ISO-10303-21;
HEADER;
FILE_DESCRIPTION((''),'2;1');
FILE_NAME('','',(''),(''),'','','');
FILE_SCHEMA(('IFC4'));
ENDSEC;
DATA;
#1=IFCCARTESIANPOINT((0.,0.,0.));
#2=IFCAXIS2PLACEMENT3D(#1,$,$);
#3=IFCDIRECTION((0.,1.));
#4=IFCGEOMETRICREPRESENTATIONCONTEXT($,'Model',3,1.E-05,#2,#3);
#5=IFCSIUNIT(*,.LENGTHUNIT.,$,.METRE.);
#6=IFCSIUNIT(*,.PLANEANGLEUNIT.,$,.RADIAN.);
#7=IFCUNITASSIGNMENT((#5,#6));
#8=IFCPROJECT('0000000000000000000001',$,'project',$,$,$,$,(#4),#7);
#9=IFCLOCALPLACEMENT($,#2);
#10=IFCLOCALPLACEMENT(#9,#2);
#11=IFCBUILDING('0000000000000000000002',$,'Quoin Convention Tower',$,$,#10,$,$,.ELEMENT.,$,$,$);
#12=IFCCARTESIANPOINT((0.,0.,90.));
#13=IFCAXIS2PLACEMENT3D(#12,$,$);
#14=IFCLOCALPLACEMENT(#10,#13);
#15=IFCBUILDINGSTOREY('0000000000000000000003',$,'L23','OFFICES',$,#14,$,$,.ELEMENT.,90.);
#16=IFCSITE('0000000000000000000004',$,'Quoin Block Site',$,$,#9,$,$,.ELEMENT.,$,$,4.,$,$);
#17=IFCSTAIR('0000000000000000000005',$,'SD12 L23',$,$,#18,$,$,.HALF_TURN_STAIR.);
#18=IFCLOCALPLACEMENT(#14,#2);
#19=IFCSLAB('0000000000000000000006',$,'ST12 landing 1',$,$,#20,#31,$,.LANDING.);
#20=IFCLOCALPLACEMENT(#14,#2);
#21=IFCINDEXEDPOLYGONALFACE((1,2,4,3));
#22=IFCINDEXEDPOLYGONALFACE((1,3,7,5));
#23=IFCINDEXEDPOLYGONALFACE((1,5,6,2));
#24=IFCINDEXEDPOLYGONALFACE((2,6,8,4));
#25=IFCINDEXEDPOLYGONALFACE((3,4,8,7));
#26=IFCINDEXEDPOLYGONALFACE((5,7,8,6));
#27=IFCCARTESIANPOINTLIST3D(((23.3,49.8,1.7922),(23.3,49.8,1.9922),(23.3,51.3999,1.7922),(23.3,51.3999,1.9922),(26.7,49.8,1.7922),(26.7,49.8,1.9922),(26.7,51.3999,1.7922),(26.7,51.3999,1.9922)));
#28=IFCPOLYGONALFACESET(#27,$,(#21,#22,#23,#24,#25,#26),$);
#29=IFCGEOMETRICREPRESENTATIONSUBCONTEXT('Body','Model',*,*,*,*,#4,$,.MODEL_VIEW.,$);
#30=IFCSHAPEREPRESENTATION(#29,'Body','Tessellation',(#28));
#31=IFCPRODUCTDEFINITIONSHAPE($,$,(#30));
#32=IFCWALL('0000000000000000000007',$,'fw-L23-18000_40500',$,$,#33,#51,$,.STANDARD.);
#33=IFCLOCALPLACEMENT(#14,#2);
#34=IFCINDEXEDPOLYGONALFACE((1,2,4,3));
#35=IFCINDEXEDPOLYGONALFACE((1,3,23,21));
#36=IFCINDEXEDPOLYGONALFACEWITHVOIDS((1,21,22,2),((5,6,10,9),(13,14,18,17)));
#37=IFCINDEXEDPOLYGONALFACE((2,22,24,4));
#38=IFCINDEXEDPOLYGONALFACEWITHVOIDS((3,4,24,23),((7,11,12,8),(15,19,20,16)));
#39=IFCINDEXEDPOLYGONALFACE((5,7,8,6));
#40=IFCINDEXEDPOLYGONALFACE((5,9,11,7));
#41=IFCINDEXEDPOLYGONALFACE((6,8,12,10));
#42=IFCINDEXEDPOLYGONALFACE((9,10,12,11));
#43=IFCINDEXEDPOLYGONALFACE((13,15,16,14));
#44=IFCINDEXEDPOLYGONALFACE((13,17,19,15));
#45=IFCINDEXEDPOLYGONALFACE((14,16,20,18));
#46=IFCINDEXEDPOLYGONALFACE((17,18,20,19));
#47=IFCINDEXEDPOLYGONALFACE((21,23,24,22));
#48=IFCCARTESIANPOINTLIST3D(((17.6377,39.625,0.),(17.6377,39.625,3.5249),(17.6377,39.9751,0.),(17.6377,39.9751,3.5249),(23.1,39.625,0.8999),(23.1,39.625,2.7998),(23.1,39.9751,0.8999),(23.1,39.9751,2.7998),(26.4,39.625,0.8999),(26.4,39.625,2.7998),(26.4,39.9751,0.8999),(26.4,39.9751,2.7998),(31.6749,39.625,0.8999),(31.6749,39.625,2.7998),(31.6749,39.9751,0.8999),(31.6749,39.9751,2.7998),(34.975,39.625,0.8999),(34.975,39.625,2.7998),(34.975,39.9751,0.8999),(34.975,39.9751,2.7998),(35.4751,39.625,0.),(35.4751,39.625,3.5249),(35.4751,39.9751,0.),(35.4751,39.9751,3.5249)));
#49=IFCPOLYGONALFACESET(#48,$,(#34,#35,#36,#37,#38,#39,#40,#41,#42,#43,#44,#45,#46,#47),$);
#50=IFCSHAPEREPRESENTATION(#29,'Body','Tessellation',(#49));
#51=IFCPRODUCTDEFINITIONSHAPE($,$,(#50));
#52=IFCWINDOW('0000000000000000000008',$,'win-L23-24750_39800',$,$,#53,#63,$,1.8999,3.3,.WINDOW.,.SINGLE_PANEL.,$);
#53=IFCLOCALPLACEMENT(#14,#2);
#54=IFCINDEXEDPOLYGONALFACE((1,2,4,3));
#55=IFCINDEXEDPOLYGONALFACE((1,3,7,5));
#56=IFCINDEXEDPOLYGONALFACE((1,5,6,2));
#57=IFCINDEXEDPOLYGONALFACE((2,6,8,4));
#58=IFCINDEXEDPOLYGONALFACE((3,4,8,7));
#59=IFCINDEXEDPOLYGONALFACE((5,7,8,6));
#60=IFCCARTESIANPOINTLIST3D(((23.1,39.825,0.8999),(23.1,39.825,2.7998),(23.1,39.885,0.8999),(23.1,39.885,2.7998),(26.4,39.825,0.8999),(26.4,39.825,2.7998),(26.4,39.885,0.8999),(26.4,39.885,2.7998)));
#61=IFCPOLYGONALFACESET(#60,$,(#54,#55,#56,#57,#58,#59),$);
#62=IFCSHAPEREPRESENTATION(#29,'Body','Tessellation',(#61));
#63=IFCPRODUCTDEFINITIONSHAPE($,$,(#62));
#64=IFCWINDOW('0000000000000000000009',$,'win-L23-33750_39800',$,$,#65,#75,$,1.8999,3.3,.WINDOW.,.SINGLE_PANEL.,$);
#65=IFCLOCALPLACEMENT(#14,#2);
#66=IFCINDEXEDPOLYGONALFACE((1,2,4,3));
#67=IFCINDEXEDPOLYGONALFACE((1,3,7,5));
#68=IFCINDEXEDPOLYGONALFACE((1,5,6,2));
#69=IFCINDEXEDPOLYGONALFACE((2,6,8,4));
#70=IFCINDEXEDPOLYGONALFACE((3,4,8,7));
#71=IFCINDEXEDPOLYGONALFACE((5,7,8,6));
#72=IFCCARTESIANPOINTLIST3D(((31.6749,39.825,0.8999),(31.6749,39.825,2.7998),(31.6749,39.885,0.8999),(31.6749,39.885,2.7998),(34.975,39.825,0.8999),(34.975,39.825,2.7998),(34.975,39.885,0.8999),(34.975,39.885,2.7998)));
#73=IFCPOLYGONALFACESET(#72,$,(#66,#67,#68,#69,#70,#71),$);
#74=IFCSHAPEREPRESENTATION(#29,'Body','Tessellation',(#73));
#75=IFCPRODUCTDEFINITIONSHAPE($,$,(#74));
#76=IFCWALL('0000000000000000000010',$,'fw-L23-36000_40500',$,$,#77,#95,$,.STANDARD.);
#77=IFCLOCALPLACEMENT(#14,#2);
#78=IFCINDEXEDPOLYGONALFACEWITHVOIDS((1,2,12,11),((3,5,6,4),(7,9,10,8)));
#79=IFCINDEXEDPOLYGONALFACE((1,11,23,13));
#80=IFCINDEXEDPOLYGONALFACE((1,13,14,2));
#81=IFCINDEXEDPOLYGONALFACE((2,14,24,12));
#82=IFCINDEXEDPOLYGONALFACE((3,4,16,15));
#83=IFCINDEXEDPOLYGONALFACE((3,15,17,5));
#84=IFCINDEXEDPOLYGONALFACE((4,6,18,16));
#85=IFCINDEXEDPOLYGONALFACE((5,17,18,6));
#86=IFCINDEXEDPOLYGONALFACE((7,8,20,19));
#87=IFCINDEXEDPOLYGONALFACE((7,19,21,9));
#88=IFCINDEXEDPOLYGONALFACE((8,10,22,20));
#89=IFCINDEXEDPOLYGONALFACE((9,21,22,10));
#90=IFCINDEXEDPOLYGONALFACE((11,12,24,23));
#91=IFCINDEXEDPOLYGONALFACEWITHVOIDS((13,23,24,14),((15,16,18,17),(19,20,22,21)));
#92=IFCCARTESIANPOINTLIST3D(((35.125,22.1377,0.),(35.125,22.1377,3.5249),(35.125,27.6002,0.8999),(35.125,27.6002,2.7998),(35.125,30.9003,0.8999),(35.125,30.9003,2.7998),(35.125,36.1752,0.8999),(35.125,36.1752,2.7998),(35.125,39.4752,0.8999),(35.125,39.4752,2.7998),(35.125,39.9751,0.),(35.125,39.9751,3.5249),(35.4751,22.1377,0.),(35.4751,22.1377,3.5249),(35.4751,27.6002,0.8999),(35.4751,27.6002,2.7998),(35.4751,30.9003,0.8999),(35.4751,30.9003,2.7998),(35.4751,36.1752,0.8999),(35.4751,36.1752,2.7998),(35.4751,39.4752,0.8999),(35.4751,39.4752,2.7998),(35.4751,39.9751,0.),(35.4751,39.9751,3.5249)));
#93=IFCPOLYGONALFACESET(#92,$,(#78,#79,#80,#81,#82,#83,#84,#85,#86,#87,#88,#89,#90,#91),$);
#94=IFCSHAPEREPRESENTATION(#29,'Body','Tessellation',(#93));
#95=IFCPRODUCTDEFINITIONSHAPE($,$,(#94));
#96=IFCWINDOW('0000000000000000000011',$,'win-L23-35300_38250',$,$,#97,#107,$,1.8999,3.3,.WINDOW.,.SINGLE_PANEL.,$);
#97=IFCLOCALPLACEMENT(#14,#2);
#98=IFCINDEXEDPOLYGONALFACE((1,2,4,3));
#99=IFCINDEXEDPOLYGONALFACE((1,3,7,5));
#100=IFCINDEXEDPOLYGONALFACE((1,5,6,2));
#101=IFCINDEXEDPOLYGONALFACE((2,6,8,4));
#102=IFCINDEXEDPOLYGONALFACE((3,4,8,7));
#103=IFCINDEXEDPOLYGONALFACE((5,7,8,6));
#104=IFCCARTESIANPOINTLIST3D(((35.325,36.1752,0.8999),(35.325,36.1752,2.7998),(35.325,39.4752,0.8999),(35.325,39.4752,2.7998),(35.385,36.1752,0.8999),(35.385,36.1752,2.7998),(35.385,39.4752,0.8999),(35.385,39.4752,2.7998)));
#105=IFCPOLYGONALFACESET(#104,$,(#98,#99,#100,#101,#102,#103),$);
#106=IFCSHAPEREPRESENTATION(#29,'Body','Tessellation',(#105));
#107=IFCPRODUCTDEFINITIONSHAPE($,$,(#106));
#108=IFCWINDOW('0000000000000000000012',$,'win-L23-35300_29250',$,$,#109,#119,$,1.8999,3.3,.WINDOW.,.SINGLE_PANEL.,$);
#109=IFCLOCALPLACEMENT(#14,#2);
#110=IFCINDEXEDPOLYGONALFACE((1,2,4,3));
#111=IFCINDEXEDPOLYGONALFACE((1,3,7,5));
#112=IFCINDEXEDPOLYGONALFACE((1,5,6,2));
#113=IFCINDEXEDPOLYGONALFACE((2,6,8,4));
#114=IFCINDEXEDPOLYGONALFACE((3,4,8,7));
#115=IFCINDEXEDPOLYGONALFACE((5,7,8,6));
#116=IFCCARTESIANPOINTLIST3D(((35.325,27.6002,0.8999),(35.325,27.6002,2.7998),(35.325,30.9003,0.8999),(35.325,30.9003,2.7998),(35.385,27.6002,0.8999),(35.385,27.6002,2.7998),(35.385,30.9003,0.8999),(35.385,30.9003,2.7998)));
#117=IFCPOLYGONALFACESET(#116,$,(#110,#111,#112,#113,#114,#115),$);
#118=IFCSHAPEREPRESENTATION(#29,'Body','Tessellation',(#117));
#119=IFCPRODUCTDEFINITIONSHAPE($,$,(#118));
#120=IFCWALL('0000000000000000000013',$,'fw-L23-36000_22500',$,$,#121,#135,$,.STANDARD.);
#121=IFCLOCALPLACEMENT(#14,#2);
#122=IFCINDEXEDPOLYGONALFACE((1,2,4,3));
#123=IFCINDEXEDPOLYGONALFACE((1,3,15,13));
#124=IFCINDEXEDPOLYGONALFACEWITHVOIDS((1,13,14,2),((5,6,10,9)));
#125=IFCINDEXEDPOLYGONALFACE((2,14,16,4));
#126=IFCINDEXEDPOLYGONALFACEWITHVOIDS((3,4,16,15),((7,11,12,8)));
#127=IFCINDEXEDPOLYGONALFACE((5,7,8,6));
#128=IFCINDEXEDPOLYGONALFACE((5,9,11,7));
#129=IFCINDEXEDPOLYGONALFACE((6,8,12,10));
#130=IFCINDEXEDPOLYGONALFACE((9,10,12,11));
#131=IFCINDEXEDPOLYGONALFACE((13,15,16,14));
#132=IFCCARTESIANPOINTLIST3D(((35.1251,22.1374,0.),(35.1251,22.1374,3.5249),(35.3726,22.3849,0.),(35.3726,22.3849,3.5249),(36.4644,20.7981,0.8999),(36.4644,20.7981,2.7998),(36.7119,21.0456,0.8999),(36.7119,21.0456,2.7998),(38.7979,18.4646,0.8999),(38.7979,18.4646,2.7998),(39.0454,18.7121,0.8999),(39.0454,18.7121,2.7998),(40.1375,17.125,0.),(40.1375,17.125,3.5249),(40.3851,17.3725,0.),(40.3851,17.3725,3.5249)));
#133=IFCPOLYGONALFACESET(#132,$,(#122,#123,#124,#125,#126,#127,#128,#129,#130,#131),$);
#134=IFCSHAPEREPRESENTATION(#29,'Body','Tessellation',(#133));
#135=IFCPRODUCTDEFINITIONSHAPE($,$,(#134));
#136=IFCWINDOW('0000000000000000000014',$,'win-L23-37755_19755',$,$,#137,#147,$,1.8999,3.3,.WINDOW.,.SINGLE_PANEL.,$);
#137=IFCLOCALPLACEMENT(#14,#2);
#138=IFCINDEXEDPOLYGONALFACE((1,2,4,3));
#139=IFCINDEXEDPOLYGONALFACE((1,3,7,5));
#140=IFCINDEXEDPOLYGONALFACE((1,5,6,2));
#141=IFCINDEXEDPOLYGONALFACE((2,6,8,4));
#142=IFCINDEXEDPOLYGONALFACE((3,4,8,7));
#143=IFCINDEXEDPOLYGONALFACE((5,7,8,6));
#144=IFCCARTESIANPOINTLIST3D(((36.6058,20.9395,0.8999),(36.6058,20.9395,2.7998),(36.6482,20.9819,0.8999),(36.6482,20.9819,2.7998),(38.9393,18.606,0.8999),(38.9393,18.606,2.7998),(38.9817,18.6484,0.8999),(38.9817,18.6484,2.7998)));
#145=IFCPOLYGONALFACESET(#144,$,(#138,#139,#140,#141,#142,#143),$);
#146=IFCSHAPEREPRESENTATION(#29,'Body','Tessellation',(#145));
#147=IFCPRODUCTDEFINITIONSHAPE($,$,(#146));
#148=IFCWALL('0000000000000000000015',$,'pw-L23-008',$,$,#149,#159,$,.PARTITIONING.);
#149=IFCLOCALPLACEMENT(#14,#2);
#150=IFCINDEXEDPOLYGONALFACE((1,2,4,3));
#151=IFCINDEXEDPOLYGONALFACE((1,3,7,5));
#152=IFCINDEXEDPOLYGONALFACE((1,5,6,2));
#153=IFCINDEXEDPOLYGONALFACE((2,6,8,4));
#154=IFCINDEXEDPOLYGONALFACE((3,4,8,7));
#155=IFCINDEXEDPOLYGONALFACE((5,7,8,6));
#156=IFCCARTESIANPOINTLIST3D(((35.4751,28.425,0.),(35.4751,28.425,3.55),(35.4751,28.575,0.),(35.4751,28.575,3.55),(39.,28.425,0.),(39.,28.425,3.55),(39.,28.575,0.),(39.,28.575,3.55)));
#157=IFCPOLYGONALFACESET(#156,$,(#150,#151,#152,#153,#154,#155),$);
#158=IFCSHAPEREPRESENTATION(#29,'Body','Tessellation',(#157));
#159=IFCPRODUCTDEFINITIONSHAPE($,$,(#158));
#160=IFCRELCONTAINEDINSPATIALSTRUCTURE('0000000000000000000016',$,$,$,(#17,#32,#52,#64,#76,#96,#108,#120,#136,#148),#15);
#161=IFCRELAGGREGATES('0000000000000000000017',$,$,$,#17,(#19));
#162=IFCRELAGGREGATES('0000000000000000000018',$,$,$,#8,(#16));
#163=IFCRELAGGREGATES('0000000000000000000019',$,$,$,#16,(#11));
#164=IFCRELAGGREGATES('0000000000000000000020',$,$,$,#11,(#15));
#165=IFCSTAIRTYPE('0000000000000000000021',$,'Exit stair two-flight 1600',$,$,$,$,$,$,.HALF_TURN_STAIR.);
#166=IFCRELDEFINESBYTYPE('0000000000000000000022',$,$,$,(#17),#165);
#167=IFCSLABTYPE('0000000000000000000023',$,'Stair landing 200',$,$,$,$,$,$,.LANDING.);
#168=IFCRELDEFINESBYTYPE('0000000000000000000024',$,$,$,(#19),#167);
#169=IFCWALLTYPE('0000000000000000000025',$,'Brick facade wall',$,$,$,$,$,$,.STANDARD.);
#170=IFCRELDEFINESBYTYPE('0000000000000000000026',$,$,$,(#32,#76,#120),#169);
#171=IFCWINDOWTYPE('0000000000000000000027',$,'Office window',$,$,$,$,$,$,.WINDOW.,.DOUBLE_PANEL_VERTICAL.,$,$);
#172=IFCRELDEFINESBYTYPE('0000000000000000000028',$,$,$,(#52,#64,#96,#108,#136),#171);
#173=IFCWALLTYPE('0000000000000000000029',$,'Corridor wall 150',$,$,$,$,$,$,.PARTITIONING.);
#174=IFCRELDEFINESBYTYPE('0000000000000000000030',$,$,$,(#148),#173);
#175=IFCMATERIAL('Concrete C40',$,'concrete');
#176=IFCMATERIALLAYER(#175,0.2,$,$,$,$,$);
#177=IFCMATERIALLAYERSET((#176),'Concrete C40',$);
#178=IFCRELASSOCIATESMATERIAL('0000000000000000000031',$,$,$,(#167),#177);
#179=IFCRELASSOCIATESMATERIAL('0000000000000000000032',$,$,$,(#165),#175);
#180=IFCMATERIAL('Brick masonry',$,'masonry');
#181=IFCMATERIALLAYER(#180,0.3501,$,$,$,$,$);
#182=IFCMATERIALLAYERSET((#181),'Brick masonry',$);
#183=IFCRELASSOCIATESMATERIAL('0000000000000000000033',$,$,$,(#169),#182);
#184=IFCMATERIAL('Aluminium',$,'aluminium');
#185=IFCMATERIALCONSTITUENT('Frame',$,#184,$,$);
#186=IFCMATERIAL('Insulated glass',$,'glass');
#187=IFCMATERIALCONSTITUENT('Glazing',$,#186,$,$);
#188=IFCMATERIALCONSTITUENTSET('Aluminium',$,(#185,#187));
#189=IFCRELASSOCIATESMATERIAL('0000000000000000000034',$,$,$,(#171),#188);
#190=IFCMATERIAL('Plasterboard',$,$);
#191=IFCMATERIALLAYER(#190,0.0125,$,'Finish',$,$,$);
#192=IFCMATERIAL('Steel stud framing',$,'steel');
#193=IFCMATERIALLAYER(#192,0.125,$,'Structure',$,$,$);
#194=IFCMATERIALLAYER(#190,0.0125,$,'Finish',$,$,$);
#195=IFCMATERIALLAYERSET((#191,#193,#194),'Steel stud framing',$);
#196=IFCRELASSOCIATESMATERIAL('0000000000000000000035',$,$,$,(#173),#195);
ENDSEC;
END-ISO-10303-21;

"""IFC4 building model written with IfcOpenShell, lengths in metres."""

from ifc_helpers import new_model, si_unit, direction, frame, frame_2d, origin, place, context, subcontext, project, spatial, polyline, rectangle, outline, extrude, material, layer, layer_set, constituent, constituent_set, type_object, element, fill, aggregate, save


model = new_model("IFC4")

# Units and contexts
model_context = context("Model", 3, precision=1e-05, world=origin(), true_north=direction((0.0, 1.0)))
body_context = subcontext(model_context, "Body", "Model", "MODEL_VIEW")
ifc_project = project(units=[si_unit("LENGTHUNIT", "METRE"), si_unit("PLANEANGLEUNIT", "RADIAN")], contexts=[model_context])

# Site, building, storey
site_placement = place(None, origin())
site = spatial("IfcSite", under=ifc_project, at=site_placement, Name="Quoin Block Site", CompositionType="ELEMENT", RefElevation=4.0)
building_placement = place(site_placement, origin())
building = spatial("IfcBuilding", under=site, at=building_placement, Name="Quoin Convention Tower", CompositionType="ELEMENT")
storey_placement = place(building_placement, frame((0.0, 0.0, 90.0)))
storey = spatial("IfcBuildingStorey", under=building, at=storey_placement, Name="L23", Description="OFFICES", CompositionType="ELEMENT", Elevation=90.0)

# Shared definitions
ifc_material_1 = material(Name="Concrete C40", Category="concrete")

# Stair, slab
ifc_layer_1 = layer(ifc_material_1, 0.2)
ifc_layer_set_1 = layer_set([ifc_layer_1], Name="Concrete C40")
slab_type_1 = type_object("IfcSlabType", Name="Stair landing 200", PredefinedType="LANDING", material=ifc_layer_set_1)
stair_type_1 = type_object("IfcStairType", Name="Exit stair two-flight 1600", PredefinedType="HALF_TURN_STAIR", material=ifc_material_1)
stair_1_placement = place(storey_placement, origin())
stair_1 = element("IfcStair", 1, at=stair_1_placement, inside=storey, type_object=stair_type_1, Name="SD12 L23", PredefinedType="HALF_TURN_STAIR")
slab_1_placement = place(storey_placement, frame((0.0, 0.0, 1.7922)))
slab_1 = element("IfcSlab", 2, at=slab_1_placement, type_object=slab_type_1, Name="ST12 landing 1", PredefinedType="LANDING", context=body_context, shape_type="SweptSolid", body=[
    extrude(outline(polyline([(26.7, 51.3999), (23.3, 51.3999), (23.3, 49.8), (26.7, 49.8), (26.7, 51.3999)])), origin(), (0.0, 0.0, 1.0), 0.2),
])
aggregate(stair_1, [slab_1])

# Walls, openings, windows
ifc_material_2 = material(Name="Brick masonry", Category="masonry")
ifc_layer_2 = layer(ifc_material_2, 0.3501)
ifc_layer_set_2 = layer_set([ifc_layer_2], Name="Brick masonry")
wall_type_1 = type_object("IfcWallType", Name="Brick facade wall", PredefinedType="STANDARD", material=ifc_layer_set_2)
wall_1_placement = place(storey_placement, frame((17.6377, 39.8, 0.0), z_axis=(0.0, 0.0, 1.0), x_axis=(1.0, 0.0, 0.0)))
wall_1 = element("IfcWall", 3, at=wall_1_placement, inside=storey, type_object=wall_type_1, Name="fw-L23-18000_40500", PredefinedType="STANDARD", context=body_context, shape_type="SweptSolid", body=[
    extrude(rectangle(XDim=17.8374, YDim=0.3501, at=frame_2d((8.9187, 0.0))), origin(), (0.0, 0.0, 1.0), 3.5249),
])
opening_1_placement = place(wall_1_placement, frame((5.4624, 0.0, 0.8999)))
opening_1 = element("IfcOpeningElement", 4, at=opening_1_placement, cuts=wall_1, PredefinedType="OPENING", context=body_context, shape_type="SweptSolid", body=[
    extrude(rectangle(XDim=3.3, YDim=1.8999, at=frame_2d((1.6499, 0.95))), frame((0.0, 0.1851, 0.0), z_axis=(0.0, -1.0, 0.0), x_axis=(1.0, 0.0, 0.0)), (0.0, 0.0, 1.0), 0.3701),
])
opening_2_placement = place(wall_1_placement, frame((14.0374, 0.0, 0.8999)))
opening_2 = element("IfcOpeningElement", 5, at=opening_2_placement, cuts=wall_1, PredefinedType="OPENING", context=body_context, shape_type="SweptSolid", body=[
    extrude(rectangle(XDim=3.3, YDim=1.8999, at=frame_2d((1.6499, 0.95))), frame((0.0, 0.1851, 0.0), z_axis=(0.0, -1.0, 0.0), x_axis=(1.0, 0.0, 0.0)), (0.0, 0.0, 1.0), 0.3701),
])
ifc_material_3 = material(Name="Aluminium", Category="aluminium")
ifc_constituent_1 = constituent(ifc_material_3, Name="Frame")
ifc_material_4 = material(Name="Insulated glass", Category="glass")
ifc_constituent_2 = constituent(ifc_material_4, Name="Glazing")
ifc_constituent_set = constituent_set(constituents=[ifc_constituent_1, ifc_constituent_2], Name="Aluminium")
window_type = type_object("IfcWindowType", Name="Office window", PartitioningType="DOUBLE_PANEL_VERTICAL", PredefinedType="WINDOW", material=ifc_constituent_set)
window_1_placement = place(opening_1_placement, origin())
window_1 = element("IfcWindow", 6, at=window_1_placement, inside=storey, type_object=window_type, Name="win-L23-24750_39800", OverallHeight=1.8999, OverallWidth=3.3, PartitioningType="SINGLE_PANEL", PredefinedType="WINDOW", context=body_context, shape_type="SweptSolid", body=[
    extrude(rectangle(XDim=3.3, YDim=1.8999, at=frame_2d((1.6499, 0.95))), frame((0.0, 0.085, 0.0), z_axis=(0.0, -1.0, 0.0), x_axis=(1.0, 0.0, 0.0)), (0.0, 0.0, 1.0), 0.0601),
])
fill(opening_1, window_1)
window_2_placement = place(opening_2_placement, origin())
window_2 = element("IfcWindow", 7, at=window_2_placement, inside=storey, type_object=window_type, Name="win-L23-33750_39800", OverallHeight=1.8999, OverallWidth=3.3, PartitioningType="SINGLE_PANEL", PredefinedType="WINDOW", context=body_context, shape_type="SweptSolid", body=[
    extrude(rectangle(XDim=3.3, YDim=1.8999, at=frame_2d((1.6499, 0.95))), frame((0.0, 0.085, 0.0), z_axis=(0.0, -1.0, 0.0), x_axis=(1.0, 0.0, 0.0)), (0.0, 0.0, 1.0), 0.0601),
])
fill(opening_2, window_2)
wall_2_placement = place(storey_placement, frame((35.3, 39.9751, 0.0), z_axis=(0.0, 0.0, 1.0), x_axis=(0.0, -1.0, 0.0)))
wall_2 = element("IfcWall", 8, at=wall_2_placement, inside=storey, type_object=wall_type_1, Name="fw-L23-36000_40500", PredefinedType="STANDARD", context=body_context, shape_type="SweptSolid", body=[
    extrude(rectangle(XDim=17.8374, YDim=0.3501, at=frame_2d((8.9187, 0.0))), origin(), (0.0, 0.0, 1.0), 3.5249),
])
opening_3_placement = place(wall_2_placement, frame((0.5, 0.0, 0.8999)))
opening_3 = element("IfcOpeningElement", 9, at=opening_3_placement, cuts=wall_2, PredefinedType="OPENING", context=body_context, shape_type="SweptSolid", body=[
    extrude(rectangle(XDim=3.3, YDim=1.8999, at=frame_2d((1.6499, 0.95))), frame((0.0, 0.1851, 0.0), z_axis=(0.0, -1.0, 0.0), x_axis=(1.0, 0.0, 0.0)), (0.0, 0.0, 1.0), 0.3701),
])
opening_4_placement = place(wall_2_placement, frame((9.075, 0.0, 0.8999)))
opening_4 = element("IfcOpeningElement", 10, at=opening_4_placement, cuts=wall_2, PredefinedType="OPENING", context=body_context, shape_type="SweptSolid", body=[
    extrude(rectangle(XDim=3.3, YDim=1.8999, at=frame_2d((1.6499, 0.95))), frame((0.0, 0.1851, 0.0), z_axis=(0.0, -1.0, 0.0), x_axis=(1.0, 0.0, 0.0)), (0.0, 0.0, 1.0), 0.3701),
])
window_3_placement = place(opening_3_placement, origin())
window_3 = element("IfcWindow", 11, at=window_3_placement, inside=storey, type_object=window_type, Name="win-L23-35300_38250", OverallHeight=1.8999, OverallWidth=3.3, PartitioningType="SINGLE_PANEL", PredefinedType="WINDOW", context=body_context, shape_type="SweptSolid", body=[
    extrude(rectangle(XDim=3.3, YDim=1.8999, at=frame_2d((1.6499, 0.95))), frame((0.0, 0.085, 0.0), z_axis=(0.0, -1.0, 0.0), x_axis=(1.0, 0.0, 0.0)), (0.0, 0.0, 1.0), 0.0601),
])
fill(opening_3, window_3)
window_4_placement = place(opening_4_placement, origin())
window_4 = element("IfcWindow", 12, at=window_4_placement, inside=storey, type_object=window_type, Name="win-L23-35300_29250", OverallHeight=1.8999, OverallWidth=3.3, PartitioningType="SINGLE_PANEL", PredefinedType="WINDOW", context=body_context, shape_type="SweptSolid", body=[
    extrude(rectangle(XDim=3.3, YDim=1.8999, at=frame_2d((1.6499, 0.95))), frame((0.0, 0.085, 0.0), z_axis=(0.0, -1.0, 0.0), x_axis=(1.0, 0.0, 0.0)), (0.0, 0.0, 1.0), 0.0601),
])
fill(opening_4, window_4)

# Wall, opening, window
wall_3_placement = place(storey_placement, frame((35.2488, 22.2612, 0.0), z_axis=(0.0, 0.0, 1.0), x_axis=(0.707107, -0.707107, 0.0)))
wall_3 = element("IfcWall", 13, at=wall_3_placement, inside=storey, type_object=wall_type_1, Name="fw-L23-36000_22500", PredefinedType="STANDARD", context=body_context, shape_type="SweptSolid", body=[
    extrude(rectangle(XDim=7.0886, YDim=0.3501, at=frame_2d((3.5444, 0.0))), origin(), (0.0, 0.0, 1.0), 3.5249),
])
opening_5_placement = place(wall_3_placement, frame((1.8943, 0.0, 0.8999)))
opening_5 = element("IfcOpeningElement", 14, at=opening_5_placement, cuts=wall_3, PredefinedType="OPENING", context=body_context, shape_type="SweptSolid", body=[
    extrude(rectangle(XDim=3.3, YDim=1.8999, at=frame_2d((1.6499, 0.95))), frame((0.0, 0.1851, 0.0), z_axis=(0.0, -1.0, 0.0), x_axis=(1.0, 0.0, 0.0)), (0.0, 0.0, 1.0), 0.3701),
])
window_5_placement = place(opening_5_placement, origin())
window_5 = element("IfcWindow", 15, at=window_5_placement, inside=storey, type_object=window_type, Name="win-L23-37755_19755", OverallHeight=1.8999, OverallWidth=3.3, PartitioningType="SINGLE_PANEL", PredefinedType="WINDOW", context=body_context, shape_type="SweptSolid", body=[
    extrude(rectangle(XDim=3.3, YDim=1.8999, at=frame_2d((1.6499, 0.95))), frame((0.0, 0.085, 0.0), z_axis=(0.0, -1.0, 0.0), x_axis=(1.0, 0.0, 0.0)), (0.0, 0.0, 1.0), 0.0601),
])
fill(opening_5, window_5)

# Wall
ifc_material_5 = material(Name="Plasterboard")
ifc_layer_3 = layer(ifc_material_5, 0.0125, Name="Finish")
ifc_material_6 = material(Name="Steel stud framing", Category="steel")
ifc_layer_4 = layer(ifc_material_6, 0.125, Name="Structure")
ifc_layer_5 = layer(ifc_material_5, 0.0125, Name="Finish")
ifc_layer_set_3 = layer_set([ifc_layer_3, ifc_layer_4, ifc_layer_5], Name="Steel stud framing")
wall_type_2 = type_object("IfcWallType", Name="Corridor wall 150", PredefinedType="PARTITIONING", material=ifc_layer_set_3)
wall_4_placement = place(storey_placement, frame((35.4751, 28.5, 0.0), z_axis=(0.0, 0.0, 1.0), x_axis=(1.0, 0.0, 0.0)))
element("IfcWall", 16, at=wall_4_placement, inside=storey, type_object=wall_type_2, Name="pw-L23-008", PredefinedType="PARTITIONING", context=body_context, shape_type="SweptSolid", body=[
    extrude(rectangle(XDim=3.5249, YDim=0.1499, at=frame_2d((1.7625, 0.0))), origin(), (0.0, 0.0, 1.0), 3.55),
])

save(model, "model.ifc")
